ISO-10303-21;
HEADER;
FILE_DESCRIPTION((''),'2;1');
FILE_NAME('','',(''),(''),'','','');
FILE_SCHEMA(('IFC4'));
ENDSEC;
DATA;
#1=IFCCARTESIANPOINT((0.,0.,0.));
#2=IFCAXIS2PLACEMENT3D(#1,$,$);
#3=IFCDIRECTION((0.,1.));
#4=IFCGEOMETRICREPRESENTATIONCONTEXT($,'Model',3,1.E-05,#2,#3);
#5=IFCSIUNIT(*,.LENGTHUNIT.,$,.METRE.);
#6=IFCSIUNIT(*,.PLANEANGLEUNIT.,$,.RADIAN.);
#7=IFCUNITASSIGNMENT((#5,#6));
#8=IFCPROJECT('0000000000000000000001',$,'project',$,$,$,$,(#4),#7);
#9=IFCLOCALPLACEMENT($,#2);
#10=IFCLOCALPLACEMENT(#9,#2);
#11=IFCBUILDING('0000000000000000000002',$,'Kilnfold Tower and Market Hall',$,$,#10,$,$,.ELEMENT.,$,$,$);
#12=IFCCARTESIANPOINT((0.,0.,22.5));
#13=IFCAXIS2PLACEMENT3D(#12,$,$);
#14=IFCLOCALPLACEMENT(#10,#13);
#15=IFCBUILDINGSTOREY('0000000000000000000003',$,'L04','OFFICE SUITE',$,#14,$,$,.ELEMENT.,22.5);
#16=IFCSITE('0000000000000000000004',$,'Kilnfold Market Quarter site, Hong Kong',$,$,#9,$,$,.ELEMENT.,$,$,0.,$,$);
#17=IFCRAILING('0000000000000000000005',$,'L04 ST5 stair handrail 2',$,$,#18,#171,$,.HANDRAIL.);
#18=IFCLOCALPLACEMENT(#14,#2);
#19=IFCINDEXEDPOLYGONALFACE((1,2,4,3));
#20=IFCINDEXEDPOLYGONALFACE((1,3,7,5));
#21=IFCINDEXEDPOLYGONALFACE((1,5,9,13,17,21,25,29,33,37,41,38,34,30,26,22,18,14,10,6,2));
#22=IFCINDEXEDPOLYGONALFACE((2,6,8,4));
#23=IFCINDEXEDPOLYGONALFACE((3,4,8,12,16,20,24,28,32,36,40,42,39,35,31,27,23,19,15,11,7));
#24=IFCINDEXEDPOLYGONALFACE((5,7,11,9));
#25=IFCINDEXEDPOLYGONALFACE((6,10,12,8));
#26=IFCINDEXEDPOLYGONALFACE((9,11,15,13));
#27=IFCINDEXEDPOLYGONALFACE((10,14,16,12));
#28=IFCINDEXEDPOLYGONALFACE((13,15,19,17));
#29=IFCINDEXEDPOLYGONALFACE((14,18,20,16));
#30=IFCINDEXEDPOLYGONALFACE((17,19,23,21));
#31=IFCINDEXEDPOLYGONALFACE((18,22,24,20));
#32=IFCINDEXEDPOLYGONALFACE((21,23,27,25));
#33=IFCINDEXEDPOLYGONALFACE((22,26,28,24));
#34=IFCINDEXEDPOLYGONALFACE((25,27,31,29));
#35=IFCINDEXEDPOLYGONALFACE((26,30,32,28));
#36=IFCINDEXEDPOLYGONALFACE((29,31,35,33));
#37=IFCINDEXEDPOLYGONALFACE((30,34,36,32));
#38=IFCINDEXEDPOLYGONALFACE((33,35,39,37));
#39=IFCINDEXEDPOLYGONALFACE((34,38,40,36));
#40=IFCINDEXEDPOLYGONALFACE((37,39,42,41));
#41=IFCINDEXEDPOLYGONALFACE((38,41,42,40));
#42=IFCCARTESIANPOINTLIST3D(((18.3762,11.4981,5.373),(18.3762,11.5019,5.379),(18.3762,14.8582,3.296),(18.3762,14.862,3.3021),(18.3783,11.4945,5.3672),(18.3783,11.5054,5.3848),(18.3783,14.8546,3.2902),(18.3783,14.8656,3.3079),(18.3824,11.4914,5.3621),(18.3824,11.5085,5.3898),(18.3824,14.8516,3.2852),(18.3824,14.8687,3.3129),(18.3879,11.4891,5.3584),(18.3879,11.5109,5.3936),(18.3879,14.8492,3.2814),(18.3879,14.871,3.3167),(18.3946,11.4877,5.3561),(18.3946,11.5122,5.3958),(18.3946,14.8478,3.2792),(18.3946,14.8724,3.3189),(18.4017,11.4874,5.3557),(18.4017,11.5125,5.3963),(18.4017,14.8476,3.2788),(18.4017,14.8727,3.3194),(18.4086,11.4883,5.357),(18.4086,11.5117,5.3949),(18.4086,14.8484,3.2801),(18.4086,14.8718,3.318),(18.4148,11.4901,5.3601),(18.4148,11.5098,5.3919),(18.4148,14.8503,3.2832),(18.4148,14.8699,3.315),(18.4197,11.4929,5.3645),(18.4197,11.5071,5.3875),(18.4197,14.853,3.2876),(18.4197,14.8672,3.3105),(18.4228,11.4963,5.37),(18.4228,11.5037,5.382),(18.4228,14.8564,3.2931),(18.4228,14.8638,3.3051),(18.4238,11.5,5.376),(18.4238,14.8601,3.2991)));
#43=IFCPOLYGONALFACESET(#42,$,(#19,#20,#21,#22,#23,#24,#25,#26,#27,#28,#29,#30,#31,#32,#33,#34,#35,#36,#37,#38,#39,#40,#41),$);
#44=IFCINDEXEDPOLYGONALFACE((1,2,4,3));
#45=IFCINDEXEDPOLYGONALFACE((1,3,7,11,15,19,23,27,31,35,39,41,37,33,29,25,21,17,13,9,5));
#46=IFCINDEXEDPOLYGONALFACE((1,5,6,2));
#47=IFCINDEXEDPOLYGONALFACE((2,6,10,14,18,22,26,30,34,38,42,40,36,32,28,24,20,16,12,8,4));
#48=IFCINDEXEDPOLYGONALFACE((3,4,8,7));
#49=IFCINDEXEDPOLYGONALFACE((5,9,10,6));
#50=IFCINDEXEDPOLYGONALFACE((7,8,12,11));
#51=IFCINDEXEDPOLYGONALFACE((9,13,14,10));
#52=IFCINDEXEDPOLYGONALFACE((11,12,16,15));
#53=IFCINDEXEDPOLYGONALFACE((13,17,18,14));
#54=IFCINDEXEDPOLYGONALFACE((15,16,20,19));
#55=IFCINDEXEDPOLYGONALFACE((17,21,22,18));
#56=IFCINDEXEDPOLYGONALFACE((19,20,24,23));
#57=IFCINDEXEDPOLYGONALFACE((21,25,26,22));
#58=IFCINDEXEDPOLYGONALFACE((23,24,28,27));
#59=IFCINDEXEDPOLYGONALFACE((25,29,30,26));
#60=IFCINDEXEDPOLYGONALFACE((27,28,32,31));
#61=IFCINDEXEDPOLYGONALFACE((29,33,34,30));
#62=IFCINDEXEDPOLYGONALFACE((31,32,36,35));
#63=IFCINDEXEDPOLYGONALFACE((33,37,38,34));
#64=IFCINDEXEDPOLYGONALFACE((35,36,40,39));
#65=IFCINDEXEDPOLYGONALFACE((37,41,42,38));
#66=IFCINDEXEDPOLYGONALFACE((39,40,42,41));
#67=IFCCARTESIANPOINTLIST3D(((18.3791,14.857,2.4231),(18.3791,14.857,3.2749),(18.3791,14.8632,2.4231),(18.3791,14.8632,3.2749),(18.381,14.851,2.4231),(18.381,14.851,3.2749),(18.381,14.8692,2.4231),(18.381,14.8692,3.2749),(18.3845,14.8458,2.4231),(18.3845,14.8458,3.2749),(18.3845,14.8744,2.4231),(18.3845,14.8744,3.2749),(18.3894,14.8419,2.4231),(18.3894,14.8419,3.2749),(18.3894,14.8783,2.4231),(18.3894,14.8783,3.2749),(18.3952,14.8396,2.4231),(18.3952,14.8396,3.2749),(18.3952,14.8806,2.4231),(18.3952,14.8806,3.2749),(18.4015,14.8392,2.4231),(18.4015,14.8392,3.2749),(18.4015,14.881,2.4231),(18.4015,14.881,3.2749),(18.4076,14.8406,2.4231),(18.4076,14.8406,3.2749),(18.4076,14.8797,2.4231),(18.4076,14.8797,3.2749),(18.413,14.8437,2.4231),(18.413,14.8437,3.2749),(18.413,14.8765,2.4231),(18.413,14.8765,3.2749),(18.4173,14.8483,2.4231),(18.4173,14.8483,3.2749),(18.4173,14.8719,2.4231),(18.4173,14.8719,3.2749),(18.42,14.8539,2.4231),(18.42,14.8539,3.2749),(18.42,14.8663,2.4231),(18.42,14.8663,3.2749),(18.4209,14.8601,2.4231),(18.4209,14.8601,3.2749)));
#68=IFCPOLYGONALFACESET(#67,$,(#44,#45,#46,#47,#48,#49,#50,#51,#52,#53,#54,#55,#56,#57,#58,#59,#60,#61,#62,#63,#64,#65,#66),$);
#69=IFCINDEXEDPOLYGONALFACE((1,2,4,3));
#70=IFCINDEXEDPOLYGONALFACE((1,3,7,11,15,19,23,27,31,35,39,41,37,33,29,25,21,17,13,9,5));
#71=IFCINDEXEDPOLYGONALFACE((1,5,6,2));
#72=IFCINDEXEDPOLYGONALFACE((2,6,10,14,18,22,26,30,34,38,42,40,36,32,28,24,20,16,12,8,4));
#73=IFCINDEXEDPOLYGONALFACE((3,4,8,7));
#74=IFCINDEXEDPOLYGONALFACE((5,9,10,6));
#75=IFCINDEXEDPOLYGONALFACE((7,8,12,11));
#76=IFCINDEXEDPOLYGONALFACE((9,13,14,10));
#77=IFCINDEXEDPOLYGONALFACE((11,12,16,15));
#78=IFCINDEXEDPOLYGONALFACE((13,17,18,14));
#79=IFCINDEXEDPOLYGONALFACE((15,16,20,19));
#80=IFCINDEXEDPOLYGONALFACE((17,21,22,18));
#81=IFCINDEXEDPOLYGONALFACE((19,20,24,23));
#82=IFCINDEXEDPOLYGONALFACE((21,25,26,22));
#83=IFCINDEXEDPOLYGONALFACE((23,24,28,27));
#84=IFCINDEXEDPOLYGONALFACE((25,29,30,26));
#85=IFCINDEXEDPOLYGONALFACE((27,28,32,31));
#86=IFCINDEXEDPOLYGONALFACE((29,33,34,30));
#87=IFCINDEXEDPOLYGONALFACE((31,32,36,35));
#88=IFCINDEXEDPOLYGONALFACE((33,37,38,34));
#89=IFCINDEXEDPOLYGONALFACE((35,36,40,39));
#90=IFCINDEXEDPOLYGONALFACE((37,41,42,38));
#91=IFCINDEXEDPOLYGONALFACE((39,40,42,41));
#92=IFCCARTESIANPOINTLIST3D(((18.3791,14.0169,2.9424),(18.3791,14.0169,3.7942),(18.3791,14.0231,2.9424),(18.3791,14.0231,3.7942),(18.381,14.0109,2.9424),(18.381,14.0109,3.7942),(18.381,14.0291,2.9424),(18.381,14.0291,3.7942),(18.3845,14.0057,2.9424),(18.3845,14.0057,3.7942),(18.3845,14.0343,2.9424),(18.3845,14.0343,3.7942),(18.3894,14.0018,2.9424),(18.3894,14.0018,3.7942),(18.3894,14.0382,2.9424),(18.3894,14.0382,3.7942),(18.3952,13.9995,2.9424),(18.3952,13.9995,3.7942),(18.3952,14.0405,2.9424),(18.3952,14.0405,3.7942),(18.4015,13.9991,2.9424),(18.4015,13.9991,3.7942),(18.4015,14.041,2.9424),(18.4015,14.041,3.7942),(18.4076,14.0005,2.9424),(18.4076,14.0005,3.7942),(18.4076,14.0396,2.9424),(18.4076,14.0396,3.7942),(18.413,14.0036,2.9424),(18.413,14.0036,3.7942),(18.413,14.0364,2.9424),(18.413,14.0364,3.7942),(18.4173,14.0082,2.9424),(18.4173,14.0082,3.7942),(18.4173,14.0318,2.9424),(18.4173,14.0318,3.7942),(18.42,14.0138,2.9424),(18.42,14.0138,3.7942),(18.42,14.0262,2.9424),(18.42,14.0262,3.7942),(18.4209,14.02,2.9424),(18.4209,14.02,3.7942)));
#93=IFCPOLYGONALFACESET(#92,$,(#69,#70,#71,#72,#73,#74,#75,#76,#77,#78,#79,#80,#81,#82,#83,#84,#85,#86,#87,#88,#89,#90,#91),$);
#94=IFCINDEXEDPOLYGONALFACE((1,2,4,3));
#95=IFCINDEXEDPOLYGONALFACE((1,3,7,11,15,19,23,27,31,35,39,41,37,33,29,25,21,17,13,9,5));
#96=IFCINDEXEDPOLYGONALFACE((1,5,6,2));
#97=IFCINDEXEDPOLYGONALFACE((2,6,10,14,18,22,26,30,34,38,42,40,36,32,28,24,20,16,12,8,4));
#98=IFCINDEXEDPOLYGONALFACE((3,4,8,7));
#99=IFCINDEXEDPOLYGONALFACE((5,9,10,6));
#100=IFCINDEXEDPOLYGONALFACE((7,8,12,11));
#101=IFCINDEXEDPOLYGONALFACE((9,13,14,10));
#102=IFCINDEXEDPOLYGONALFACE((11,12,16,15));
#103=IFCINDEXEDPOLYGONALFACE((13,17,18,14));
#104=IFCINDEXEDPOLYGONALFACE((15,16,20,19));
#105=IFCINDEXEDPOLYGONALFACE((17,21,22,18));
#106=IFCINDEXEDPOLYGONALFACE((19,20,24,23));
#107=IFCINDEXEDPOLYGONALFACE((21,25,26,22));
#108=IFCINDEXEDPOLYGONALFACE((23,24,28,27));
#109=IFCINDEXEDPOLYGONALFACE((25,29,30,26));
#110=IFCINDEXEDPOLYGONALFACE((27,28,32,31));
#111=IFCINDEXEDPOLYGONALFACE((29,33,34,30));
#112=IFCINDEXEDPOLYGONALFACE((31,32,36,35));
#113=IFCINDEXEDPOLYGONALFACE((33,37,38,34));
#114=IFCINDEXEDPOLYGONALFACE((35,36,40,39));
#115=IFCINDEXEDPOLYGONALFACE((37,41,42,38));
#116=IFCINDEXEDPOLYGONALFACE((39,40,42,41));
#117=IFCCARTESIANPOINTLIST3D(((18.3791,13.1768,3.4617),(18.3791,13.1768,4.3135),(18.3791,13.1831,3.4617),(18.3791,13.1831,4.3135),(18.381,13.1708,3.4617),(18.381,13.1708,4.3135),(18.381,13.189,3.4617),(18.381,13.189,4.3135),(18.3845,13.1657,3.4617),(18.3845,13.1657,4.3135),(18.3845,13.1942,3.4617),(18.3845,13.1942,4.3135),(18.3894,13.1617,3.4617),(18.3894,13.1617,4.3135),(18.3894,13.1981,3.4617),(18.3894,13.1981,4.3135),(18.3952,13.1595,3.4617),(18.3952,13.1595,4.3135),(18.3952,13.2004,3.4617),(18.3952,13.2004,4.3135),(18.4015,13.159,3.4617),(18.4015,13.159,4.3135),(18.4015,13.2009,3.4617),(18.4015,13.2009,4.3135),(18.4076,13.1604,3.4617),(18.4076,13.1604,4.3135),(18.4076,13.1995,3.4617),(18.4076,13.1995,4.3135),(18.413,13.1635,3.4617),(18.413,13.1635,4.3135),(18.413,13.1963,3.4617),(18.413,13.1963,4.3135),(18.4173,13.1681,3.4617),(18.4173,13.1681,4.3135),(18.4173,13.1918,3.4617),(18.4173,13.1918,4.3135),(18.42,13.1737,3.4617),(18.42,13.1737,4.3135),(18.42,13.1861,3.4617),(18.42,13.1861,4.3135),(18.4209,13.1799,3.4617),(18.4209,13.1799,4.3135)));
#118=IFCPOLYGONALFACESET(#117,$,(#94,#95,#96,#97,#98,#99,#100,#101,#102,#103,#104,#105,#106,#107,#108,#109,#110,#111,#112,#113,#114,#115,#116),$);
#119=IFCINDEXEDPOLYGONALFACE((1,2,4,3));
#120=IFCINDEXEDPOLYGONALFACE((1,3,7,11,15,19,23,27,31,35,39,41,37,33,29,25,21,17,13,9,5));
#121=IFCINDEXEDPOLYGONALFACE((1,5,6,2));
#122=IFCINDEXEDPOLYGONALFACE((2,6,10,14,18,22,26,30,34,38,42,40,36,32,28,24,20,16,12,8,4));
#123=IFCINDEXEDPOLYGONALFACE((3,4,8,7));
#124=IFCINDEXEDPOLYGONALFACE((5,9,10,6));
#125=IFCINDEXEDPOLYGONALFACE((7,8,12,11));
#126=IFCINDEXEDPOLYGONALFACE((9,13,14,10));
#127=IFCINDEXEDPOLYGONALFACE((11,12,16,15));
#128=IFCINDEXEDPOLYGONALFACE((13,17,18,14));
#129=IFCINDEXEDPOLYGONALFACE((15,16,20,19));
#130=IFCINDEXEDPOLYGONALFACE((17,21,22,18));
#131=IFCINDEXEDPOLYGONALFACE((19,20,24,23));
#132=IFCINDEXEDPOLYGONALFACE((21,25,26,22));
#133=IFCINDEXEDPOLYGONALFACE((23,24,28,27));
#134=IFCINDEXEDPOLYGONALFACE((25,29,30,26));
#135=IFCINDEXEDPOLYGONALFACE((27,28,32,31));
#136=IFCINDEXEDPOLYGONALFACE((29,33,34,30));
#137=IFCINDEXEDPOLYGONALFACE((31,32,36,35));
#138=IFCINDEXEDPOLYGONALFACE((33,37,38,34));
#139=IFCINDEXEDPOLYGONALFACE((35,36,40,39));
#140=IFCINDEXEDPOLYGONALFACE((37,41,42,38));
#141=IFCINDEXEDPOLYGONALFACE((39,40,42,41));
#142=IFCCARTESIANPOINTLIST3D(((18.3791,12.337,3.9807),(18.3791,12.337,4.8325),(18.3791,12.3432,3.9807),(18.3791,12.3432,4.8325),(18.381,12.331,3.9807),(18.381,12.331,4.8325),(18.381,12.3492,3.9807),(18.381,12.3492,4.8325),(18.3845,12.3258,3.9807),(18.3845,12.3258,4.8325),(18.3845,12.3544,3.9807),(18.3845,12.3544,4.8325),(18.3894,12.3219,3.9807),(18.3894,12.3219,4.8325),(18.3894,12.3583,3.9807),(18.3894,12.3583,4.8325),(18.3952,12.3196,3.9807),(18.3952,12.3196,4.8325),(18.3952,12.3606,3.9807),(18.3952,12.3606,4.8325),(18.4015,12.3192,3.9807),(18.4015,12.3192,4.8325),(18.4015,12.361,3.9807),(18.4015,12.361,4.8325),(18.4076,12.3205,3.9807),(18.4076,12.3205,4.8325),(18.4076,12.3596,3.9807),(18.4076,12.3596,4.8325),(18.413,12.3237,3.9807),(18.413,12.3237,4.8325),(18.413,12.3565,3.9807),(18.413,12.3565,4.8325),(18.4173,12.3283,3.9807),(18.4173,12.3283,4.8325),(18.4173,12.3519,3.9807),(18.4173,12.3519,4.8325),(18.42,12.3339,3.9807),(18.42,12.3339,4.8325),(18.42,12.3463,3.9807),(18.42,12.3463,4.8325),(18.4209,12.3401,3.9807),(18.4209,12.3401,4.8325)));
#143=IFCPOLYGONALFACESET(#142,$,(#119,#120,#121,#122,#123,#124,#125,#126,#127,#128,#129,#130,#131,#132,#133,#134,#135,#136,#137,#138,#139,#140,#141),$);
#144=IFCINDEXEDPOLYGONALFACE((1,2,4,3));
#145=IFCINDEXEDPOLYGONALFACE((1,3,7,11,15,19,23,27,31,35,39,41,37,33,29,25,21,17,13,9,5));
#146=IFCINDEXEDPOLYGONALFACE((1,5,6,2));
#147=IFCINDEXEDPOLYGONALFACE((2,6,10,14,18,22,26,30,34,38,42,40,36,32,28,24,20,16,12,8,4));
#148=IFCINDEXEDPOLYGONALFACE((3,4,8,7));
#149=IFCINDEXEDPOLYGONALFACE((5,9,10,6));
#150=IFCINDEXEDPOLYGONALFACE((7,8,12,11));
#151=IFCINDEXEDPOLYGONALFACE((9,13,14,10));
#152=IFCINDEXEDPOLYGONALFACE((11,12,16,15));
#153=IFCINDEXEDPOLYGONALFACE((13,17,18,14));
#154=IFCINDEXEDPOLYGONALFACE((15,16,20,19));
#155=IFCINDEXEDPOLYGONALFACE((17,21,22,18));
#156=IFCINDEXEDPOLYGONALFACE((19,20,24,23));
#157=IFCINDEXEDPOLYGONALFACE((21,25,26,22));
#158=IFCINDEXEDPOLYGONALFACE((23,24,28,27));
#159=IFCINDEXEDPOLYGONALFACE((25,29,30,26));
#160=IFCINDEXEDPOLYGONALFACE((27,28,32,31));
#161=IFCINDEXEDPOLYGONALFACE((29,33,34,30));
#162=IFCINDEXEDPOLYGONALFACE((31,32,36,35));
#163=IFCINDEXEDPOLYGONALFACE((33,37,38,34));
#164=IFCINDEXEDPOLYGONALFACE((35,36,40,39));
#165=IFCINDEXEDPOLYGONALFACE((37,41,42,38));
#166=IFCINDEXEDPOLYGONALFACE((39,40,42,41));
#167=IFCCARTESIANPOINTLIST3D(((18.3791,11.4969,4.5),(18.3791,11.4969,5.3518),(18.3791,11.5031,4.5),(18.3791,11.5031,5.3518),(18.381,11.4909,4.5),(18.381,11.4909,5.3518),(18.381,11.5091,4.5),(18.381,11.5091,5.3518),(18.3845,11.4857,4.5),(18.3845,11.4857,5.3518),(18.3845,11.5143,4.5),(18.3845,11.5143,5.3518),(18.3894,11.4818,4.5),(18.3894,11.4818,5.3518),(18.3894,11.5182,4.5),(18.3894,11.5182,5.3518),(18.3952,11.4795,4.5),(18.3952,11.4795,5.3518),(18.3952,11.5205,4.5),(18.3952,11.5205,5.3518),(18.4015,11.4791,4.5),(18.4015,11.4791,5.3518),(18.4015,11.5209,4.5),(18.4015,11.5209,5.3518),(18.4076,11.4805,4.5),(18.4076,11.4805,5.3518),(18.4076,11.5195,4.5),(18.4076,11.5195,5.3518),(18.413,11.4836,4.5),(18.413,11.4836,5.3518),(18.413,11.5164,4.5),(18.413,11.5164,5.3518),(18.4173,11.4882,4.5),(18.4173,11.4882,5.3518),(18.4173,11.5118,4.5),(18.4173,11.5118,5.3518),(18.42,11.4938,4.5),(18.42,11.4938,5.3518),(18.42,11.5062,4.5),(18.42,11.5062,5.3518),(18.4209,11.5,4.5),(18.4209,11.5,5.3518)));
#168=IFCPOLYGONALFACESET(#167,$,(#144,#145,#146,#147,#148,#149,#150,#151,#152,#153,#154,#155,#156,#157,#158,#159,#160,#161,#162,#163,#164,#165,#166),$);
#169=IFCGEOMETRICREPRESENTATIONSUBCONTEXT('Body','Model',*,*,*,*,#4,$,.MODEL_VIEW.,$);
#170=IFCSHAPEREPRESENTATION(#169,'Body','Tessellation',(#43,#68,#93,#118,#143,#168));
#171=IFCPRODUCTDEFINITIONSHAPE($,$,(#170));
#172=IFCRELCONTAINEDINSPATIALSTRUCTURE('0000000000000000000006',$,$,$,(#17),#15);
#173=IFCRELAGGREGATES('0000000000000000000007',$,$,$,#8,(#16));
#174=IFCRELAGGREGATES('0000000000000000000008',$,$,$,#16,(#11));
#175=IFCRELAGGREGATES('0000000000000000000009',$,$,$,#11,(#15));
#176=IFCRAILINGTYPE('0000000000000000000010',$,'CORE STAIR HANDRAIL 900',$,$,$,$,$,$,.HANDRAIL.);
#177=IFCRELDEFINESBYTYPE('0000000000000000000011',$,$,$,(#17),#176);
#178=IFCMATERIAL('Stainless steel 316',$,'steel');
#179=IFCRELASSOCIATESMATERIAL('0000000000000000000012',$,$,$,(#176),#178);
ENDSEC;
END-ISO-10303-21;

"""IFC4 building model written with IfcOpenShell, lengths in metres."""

from ifc_helpers import new_model, si_unit, direction, frame, origin, origin_2d, place, context, subcontext, project, spatial, circle, extrude, material, type_object, element, save


model = new_model("IFC4")

# Units and contexts
model_context = context("Model", 3, precision=1e-05, world=origin(), true_north=direction((0.0, 1.0)))
body_context = subcontext(model_context, "Body", "Model", "MODEL_VIEW")
ifc_project = project(units=[si_unit("LENGTHUNIT", "METRE"), si_unit("PLANEANGLEUNIT", "RADIAN")], contexts=[model_context])

# Site, building, storey
site_placement = place(None, origin())
site = spatial("IfcSite", under=ifc_project, at=site_placement, Name="Kilnfold Market Quarter site, Hong Kong", CompositionType="ELEMENT", RefElevation=0.0)
building_placement = place(site_placement, origin())
building = spatial("IfcBuilding", under=site, at=building_placement, Name="Kilnfold Tower and Market Hall", CompositionType="ELEMENT")
storey_placement = place(building_placement, frame((0.0, 0.0, 22.5)))
storey = spatial("IfcBuildingStorey", under=building, at=storey_placement, Name="L04", Description="OFFICE SUITE", CompositionType="ELEMENT", Elevation=22.5)

# Railing
ifc_material_1 = material(Name="Stainless steel 316", Category="steel")
railing_type = type_object("IfcRailingType", Name="CORE STAIR HANDRAIL 900", PredefinedType="HANDRAIL", material=ifc_material_1)
railing_1_placement = place(storey_placement, frame((18.3999, 14.8601, 2.4231)))
element("IfcRailing", 1, at=railing_1_placement, inside=storey, type_object=railing_type, Name="L04 ST5 stair handrail 2", PredefinedType="HANDRAIL", context=body_context, shape_type="SweptSolid", body=[
    extrude(circle(Radius=0.0239, at=origin_2d()), frame((0.0, 0.0, 0.876), z_axis=(0.0, -0.850623, 0.525776), x_axis=(1.0, 0.0, 0.0)), (0.0, 0.0, 1.0), 3.9502),
    extrude(circle(Radius=0.021, at=origin_2d()), origin(), (0.0, 0.0, 1.0), 0.8518),
    extrude(circle(Radius=0.021, at=origin_2d()), frame((0.0, -0.8401, 0.5193)), (0.0, 0.0, 1.0), 0.8518),
    extrude(circle(Radius=0.021, at=origin_2d()), frame((0.0, -1.6802, 1.0386)), (0.0, 0.0, 1.0), 0.8518),
    extrude(circle(Radius=0.021, at=origin_2d()), frame((0.0, -2.52, 1.5576)), (0.0, 0.0, 1.0), 0.8518),
    extrude(circle(Radius=0.021, at=origin_2d()), frame((0.0, -3.3601, 2.0769)), (0.0, 0.0, 1.0), 0.8518),
])

save(model, "model.ifc")
